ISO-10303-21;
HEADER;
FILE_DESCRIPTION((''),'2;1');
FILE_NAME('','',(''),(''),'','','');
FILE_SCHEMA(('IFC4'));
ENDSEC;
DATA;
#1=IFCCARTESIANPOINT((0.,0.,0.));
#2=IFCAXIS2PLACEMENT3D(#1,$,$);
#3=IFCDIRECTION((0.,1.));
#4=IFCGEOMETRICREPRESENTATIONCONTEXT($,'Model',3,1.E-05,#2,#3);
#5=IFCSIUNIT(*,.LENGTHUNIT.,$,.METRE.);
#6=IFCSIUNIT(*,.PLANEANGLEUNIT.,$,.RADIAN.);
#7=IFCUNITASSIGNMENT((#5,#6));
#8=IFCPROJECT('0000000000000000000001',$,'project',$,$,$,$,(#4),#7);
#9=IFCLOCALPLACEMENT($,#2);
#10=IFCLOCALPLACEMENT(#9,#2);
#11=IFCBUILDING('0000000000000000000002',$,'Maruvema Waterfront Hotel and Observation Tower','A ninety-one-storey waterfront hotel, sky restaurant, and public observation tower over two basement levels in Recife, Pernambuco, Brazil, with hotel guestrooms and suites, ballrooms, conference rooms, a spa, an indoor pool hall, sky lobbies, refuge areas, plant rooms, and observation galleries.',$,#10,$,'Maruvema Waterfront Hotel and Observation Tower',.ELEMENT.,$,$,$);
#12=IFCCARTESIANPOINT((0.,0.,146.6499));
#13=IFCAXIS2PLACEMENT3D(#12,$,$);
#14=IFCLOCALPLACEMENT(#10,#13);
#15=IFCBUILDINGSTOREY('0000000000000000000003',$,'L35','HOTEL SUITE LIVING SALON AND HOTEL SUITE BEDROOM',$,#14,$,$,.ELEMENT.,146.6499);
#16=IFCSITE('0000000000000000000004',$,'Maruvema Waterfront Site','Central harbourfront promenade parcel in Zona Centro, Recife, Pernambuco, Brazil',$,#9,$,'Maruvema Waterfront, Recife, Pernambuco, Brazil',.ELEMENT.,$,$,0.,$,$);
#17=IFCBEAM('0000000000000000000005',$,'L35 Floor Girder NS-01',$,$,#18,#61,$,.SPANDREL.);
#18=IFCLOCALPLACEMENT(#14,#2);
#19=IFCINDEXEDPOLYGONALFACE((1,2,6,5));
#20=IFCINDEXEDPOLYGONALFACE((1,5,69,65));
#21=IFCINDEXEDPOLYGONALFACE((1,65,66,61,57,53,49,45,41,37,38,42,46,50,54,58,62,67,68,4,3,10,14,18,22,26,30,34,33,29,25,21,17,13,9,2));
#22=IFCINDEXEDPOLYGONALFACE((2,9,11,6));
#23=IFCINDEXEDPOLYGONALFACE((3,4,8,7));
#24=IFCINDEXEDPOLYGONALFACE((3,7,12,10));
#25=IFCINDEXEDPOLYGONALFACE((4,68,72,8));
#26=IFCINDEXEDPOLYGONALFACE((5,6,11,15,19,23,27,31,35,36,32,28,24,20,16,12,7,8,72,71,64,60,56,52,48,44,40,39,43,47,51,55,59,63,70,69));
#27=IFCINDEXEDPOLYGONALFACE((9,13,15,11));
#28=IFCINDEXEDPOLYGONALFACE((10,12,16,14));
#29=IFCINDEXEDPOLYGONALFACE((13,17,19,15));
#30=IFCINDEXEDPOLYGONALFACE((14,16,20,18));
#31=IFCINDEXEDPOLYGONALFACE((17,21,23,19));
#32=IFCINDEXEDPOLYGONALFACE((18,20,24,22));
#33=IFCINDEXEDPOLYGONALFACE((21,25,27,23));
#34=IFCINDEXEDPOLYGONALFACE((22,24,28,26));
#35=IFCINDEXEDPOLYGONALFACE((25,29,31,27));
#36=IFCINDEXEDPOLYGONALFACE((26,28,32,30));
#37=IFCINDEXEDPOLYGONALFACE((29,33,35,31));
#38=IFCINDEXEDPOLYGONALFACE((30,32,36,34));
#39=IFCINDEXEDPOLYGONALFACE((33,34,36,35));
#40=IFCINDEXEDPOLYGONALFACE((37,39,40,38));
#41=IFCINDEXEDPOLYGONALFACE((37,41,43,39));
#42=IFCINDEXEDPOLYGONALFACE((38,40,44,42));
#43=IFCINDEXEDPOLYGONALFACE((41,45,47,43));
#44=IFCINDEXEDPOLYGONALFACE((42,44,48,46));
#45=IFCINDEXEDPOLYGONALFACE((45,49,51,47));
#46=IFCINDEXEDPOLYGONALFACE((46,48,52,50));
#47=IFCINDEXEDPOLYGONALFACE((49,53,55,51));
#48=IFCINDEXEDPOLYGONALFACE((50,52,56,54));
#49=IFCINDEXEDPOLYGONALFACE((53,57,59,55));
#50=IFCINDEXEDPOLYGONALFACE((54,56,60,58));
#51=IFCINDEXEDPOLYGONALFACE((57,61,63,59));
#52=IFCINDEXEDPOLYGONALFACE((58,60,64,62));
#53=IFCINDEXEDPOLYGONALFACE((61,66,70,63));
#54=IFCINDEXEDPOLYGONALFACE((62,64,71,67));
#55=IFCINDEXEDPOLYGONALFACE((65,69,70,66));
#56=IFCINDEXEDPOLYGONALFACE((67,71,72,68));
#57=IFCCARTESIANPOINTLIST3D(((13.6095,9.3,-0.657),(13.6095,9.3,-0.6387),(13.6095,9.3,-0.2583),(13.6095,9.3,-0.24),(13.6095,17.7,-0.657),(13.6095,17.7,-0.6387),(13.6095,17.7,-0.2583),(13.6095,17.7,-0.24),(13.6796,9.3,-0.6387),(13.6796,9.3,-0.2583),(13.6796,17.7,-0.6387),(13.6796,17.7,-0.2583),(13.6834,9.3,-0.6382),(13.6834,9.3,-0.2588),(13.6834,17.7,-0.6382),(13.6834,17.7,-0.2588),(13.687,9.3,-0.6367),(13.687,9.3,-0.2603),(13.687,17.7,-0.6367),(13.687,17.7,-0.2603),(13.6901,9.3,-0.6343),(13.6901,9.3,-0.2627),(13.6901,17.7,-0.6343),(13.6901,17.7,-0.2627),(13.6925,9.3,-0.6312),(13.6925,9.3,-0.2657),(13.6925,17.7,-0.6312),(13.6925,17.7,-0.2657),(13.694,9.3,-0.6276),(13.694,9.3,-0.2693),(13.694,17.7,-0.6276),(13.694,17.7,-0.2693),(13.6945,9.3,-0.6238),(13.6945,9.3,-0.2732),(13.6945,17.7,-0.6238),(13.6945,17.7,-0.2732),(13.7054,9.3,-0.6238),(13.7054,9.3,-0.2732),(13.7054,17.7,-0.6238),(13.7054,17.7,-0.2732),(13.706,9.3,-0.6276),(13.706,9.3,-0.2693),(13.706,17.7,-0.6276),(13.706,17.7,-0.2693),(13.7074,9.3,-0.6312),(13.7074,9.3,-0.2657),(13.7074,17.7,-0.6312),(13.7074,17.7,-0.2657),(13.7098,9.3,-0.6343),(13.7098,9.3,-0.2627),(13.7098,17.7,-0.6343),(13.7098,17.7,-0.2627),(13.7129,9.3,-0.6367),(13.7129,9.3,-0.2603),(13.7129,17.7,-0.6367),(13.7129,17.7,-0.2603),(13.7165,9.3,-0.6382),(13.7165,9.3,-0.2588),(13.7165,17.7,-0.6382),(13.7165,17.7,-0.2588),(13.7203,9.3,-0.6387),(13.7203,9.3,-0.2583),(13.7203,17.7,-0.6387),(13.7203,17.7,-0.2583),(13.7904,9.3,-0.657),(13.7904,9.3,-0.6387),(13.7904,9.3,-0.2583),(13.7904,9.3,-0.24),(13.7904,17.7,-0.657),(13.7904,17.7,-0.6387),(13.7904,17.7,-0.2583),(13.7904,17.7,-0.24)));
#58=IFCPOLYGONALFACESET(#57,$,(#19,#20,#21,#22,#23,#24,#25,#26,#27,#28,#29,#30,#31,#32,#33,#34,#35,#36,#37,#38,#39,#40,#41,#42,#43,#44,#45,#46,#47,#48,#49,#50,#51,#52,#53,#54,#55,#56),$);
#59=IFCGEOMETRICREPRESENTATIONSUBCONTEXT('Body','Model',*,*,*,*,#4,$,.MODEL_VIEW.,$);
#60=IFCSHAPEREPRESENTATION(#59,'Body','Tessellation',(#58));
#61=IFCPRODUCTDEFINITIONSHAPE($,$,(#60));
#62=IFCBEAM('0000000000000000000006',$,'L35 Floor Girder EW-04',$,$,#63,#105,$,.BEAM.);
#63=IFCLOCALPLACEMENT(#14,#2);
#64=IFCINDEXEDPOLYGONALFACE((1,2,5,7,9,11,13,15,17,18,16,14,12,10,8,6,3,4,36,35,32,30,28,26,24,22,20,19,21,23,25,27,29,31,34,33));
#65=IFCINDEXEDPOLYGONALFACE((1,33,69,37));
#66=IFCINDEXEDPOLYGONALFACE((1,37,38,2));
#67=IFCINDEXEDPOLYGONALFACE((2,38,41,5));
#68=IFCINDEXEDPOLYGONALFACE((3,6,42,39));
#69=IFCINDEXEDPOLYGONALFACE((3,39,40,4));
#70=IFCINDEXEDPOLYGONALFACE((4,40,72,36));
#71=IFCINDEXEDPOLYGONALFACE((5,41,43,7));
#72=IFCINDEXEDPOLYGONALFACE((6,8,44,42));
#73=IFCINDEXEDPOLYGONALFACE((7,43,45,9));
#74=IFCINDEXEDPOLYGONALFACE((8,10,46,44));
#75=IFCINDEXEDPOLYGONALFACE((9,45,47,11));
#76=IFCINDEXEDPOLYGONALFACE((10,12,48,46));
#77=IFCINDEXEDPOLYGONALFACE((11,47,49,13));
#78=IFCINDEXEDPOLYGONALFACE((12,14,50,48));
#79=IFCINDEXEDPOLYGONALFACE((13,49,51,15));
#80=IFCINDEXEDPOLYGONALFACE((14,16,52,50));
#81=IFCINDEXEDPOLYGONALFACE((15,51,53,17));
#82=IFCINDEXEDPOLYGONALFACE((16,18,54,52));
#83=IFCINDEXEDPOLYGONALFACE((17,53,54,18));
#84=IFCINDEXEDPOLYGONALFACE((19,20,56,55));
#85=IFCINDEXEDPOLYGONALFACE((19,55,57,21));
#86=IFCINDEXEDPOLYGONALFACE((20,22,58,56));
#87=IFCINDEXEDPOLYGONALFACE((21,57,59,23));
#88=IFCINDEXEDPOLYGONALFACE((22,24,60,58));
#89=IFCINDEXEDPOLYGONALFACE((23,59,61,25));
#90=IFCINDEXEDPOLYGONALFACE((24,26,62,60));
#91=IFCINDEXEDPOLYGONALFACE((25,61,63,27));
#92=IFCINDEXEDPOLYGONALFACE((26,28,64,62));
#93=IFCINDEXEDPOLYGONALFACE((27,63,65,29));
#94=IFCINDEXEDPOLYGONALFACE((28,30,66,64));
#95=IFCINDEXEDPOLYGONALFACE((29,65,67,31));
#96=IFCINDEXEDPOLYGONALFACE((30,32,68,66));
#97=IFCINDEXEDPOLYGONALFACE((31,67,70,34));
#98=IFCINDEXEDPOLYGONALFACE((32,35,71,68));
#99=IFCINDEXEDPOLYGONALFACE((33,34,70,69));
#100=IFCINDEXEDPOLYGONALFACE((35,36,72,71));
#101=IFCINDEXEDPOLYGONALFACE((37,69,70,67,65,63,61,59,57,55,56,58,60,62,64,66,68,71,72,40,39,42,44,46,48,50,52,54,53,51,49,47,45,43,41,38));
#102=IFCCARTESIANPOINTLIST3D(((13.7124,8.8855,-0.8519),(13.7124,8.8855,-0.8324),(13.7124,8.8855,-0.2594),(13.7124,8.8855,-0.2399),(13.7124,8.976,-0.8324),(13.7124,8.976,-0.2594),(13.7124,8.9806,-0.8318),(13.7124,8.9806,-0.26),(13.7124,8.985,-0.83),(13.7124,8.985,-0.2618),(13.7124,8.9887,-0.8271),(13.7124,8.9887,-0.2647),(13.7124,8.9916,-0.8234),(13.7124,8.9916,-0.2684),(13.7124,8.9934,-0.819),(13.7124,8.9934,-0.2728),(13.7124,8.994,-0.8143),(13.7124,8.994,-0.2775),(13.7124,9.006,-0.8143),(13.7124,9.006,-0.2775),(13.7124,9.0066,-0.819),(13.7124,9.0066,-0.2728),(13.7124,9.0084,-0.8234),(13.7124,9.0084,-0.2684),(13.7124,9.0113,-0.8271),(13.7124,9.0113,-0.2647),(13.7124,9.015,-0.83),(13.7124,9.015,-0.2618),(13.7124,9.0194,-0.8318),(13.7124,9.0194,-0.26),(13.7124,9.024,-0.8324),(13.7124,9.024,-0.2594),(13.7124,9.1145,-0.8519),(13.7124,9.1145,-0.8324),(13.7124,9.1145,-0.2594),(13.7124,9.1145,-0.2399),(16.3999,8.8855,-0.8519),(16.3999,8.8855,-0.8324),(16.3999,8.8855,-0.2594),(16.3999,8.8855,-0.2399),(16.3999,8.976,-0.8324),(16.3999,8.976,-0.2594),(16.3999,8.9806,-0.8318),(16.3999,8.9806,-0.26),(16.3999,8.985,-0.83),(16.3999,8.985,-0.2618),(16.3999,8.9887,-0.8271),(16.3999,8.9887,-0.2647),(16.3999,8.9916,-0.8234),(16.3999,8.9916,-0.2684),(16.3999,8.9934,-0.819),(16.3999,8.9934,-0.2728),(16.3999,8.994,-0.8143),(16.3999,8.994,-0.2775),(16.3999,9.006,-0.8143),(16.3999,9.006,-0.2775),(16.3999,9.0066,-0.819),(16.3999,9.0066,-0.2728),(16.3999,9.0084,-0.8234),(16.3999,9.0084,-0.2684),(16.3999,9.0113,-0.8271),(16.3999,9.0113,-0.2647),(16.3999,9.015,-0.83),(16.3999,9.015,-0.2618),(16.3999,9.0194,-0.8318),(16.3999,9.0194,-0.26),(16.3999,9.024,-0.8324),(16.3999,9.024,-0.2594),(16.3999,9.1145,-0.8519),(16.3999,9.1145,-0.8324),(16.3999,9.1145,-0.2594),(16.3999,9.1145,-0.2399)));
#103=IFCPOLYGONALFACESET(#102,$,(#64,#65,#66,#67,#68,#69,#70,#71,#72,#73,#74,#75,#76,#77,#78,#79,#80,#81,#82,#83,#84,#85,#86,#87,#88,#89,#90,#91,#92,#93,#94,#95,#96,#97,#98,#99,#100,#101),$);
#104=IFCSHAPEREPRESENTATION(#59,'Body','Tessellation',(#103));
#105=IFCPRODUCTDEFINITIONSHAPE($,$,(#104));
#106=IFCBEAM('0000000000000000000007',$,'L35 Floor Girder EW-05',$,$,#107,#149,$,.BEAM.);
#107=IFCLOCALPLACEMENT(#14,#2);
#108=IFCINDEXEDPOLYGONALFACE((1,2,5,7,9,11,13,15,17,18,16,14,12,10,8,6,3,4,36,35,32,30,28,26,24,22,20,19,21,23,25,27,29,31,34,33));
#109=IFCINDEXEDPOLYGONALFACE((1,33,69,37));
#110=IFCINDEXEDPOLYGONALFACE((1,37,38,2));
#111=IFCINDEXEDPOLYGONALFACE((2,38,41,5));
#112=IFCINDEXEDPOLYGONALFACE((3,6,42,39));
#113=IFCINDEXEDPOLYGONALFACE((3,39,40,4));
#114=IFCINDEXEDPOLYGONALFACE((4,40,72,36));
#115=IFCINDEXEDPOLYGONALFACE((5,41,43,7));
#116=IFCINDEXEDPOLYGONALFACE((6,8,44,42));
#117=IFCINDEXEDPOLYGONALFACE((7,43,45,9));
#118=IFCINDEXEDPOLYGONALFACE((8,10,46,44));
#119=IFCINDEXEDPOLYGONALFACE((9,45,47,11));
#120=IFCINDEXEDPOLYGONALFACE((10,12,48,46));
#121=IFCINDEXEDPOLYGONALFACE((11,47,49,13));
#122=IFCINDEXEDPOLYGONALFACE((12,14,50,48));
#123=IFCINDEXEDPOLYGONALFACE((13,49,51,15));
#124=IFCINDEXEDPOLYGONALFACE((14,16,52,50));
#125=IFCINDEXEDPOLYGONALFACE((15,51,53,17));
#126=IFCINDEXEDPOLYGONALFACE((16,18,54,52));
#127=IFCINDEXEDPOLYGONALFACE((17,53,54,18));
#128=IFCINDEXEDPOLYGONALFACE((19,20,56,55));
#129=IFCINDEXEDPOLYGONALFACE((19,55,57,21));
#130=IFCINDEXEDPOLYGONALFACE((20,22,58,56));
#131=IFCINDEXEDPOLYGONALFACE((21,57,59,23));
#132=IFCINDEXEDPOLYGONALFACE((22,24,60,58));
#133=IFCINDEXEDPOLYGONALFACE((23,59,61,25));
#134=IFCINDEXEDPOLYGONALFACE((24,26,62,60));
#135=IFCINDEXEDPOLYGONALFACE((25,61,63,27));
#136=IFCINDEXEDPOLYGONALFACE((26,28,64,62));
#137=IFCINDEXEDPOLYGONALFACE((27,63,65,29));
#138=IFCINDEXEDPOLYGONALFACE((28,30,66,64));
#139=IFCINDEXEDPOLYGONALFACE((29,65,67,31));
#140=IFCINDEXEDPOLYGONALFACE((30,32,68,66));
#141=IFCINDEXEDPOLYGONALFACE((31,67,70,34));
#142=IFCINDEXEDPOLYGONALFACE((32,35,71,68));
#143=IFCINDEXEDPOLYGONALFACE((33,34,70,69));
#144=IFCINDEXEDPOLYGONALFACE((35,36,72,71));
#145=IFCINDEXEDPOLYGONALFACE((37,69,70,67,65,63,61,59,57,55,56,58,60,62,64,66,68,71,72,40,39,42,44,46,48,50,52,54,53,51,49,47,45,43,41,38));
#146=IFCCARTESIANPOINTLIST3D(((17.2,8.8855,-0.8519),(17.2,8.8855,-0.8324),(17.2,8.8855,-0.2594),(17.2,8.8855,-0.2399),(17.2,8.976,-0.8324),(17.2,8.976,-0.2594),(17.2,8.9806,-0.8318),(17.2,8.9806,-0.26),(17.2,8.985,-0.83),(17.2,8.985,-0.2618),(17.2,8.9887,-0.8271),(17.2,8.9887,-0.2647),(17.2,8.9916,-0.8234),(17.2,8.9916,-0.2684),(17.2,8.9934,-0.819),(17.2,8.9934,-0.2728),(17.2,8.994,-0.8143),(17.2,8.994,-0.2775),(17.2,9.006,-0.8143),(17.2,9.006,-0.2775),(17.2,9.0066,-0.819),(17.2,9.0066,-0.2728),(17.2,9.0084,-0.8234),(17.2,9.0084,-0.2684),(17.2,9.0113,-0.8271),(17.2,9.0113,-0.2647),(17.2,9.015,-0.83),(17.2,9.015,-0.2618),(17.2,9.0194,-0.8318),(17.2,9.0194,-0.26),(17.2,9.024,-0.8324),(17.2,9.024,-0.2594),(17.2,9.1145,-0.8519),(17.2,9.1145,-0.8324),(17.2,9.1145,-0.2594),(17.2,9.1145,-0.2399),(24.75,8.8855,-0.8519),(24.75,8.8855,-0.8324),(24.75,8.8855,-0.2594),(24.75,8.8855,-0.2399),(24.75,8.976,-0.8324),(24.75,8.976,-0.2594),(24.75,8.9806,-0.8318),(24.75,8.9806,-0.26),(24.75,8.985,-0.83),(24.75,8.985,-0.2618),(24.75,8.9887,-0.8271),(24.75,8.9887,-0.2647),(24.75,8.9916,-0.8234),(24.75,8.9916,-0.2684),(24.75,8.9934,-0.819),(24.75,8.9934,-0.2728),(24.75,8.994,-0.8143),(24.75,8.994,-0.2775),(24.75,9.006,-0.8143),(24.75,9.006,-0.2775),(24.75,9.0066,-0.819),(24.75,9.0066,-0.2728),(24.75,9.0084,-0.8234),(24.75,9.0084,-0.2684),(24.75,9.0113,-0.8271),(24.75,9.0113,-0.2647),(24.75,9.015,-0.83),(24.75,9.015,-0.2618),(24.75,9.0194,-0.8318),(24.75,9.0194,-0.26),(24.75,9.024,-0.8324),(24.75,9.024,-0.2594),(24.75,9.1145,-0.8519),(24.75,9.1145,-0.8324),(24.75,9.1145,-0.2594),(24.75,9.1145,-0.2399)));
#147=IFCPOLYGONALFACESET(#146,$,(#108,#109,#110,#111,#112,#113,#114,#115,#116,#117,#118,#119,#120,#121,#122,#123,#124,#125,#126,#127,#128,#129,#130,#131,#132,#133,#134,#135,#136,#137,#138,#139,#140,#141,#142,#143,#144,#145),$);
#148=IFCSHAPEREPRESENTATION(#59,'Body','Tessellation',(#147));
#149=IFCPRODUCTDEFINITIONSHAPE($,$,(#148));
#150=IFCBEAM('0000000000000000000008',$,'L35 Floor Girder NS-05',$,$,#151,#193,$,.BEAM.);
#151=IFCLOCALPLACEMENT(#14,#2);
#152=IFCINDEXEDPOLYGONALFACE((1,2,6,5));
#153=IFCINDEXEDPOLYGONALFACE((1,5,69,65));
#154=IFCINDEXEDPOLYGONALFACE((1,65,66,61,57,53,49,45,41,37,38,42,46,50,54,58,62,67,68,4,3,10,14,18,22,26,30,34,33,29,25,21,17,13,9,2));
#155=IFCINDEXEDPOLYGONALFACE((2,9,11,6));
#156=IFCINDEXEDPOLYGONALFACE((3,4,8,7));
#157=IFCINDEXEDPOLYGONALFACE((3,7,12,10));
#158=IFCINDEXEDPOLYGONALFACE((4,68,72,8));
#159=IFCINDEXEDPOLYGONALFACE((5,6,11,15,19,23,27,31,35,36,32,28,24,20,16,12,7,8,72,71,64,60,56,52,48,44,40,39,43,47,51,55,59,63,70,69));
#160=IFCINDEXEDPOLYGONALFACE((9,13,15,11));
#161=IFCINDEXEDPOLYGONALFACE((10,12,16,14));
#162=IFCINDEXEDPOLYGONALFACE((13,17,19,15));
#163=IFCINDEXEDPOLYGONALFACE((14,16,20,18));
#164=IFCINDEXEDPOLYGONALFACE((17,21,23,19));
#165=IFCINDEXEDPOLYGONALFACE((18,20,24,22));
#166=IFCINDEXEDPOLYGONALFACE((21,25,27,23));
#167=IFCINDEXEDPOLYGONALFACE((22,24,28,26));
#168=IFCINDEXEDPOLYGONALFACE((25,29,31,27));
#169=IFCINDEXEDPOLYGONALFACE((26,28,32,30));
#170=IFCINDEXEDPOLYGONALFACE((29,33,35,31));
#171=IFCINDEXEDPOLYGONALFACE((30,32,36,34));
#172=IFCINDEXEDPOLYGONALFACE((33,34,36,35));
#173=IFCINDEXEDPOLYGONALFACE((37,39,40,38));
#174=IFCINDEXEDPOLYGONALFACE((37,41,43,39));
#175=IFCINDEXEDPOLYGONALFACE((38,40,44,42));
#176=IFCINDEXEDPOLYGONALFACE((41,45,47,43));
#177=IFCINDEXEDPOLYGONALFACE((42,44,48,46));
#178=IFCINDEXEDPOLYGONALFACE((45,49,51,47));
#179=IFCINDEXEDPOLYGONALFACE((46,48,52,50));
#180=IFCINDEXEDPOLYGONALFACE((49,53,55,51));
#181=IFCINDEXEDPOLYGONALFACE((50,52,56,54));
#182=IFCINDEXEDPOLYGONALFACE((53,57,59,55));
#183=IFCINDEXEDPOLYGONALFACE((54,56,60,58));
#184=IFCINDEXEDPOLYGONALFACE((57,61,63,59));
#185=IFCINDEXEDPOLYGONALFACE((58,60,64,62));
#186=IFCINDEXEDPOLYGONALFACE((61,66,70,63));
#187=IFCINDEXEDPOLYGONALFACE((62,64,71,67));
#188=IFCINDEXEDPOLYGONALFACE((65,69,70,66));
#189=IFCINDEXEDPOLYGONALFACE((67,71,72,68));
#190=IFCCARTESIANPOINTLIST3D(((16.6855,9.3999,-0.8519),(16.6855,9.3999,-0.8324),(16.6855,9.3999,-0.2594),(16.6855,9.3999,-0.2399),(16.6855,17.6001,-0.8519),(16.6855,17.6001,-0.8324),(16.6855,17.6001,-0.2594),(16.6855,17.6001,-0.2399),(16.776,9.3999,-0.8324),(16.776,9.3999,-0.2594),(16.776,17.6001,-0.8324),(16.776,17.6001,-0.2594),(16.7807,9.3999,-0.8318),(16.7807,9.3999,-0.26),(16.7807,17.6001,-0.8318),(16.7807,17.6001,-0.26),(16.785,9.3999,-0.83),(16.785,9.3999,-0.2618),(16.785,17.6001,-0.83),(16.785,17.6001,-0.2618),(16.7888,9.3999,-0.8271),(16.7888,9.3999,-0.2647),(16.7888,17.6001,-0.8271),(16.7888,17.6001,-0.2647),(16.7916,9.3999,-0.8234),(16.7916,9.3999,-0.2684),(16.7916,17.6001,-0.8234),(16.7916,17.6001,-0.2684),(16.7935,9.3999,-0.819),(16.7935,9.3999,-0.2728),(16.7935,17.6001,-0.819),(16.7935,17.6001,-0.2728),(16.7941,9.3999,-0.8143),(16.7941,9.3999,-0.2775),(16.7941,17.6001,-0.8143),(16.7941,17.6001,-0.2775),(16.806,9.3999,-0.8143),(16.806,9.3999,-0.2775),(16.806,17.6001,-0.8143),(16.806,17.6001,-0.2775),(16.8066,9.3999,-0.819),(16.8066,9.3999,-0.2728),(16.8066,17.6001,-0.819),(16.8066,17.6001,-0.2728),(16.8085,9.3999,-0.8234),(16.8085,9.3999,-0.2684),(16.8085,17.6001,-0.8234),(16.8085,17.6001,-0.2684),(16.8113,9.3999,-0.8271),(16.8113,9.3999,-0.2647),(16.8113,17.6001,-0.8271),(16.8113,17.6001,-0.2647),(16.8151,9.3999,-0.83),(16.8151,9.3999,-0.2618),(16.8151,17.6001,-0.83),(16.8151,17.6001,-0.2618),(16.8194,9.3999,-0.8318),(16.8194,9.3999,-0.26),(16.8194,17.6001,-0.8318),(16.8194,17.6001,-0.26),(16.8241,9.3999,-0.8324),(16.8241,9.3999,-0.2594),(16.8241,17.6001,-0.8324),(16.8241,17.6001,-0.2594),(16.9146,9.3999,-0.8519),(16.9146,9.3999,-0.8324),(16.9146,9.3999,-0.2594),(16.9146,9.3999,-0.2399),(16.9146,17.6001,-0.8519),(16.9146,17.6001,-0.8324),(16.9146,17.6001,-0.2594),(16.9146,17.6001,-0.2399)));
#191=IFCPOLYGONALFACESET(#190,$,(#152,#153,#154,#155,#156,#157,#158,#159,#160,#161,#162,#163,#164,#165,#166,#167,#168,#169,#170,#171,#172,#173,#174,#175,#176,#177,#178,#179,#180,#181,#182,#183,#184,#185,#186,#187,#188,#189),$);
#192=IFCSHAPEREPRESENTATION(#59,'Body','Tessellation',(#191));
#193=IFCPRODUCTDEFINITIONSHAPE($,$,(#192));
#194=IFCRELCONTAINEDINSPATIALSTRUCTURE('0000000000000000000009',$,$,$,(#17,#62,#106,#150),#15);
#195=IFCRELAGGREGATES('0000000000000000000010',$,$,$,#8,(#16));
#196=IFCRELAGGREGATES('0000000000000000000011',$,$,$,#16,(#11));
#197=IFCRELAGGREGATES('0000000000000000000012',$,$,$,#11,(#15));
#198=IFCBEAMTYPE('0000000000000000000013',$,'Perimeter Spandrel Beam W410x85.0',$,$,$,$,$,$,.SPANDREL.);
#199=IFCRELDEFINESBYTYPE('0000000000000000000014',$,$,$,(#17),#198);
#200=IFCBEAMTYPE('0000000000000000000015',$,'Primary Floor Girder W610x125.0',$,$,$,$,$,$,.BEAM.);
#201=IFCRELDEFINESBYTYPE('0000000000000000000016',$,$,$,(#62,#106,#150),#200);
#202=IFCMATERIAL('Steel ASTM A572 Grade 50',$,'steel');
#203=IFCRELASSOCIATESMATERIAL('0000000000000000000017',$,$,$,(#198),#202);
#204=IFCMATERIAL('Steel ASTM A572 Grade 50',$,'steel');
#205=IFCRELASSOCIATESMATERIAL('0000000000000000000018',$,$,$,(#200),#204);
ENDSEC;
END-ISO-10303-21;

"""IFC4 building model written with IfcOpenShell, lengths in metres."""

from ifc_helpers import new_model, si_unit, direction, frame, origin, origin_2d, place, context, subcontext, project, spatial, i_section, extrude, material, material_profile, profile_set, type_object, element, save


model = new_model("IFC4")

# Units and contexts
model_context = context("Model", 3, precision=1e-05, world=origin(), true_north=direction((0.0, 1.0)))
body_context = subcontext(model_context, "Body", "Model", "MODEL_VIEW")
ifc_project = project(units=[si_unit("LENGTHUNIT", "METRE"), si_unit("PLANEANGLEUNIT", "RADIAN")], contexts=[model_context])

# Site, building, storey
site_placement = place(None, origin())
site = spatial("IfcSite", under=ifc_project, at=site_placement, Name="Maruvema Waterfront Site", Description="Central harbourfront promenade parcel in Zona Centro, Recife, Pernambuco, Brazil", LongName="Maruvema Waterfront, Recife, Pernambuco, Brazil", CompositionType="ELEMENT", RefElevation=0.0)
building_placement = place(site_placement, origin())
building = spatial("IfcBuilding", under=site, at=building_placement, Name="Maruvema Waterfront Hotel and Observation Tower", Description="A ninety-one-storey waterfront hotel, sky restaurant, and public observation tower over two basement levels in Recife, Pernambuco, Brazil, with hotel guestrooms and suites, ballrooms, conference rooms, a spa, an indoor pool hall, sky lobbies, refuge areas, plant rooms, and observation galleries.", LongName="Maruvema Waterfront Hotel and Observation Tower", CompositionType="ELEMENT")
storey_placement = place(building_placement, frame((0.0, 0.0, 146.6499)))
storey = spatial("IfcBuildingStorey", under=building, at=storey_placement, Name="L35", Description="HOTEL SUITE LIVING SALON AND HOTEL SUITE BEDROOM", CompositionType="ELEMENT", Elevation=146.6499)

# Beams
ifc_material_1 = material(Name="Steel ASTM A572 Grade 50", Category="steel")
ifc_material_profile_1 = material_profile(ifc_material_1, i_section(OverallWidth=0.1809, OverallDepth=0.417, WebThickness=0.011, FlangeThickness=0.0183, FilletRadius=0.0149, at=origin_2d()), Name="W410x85.0")
ifc_profile_set_1 = profile_set([ifc_material_profile_1], Name="Steel ASTM A572 Grade 50")
beam_type_1 = type_object("IfcBeamType", Name="Perimeter Spandrel Beam W410x85.0", PredefinedType="SPANDREL", material=ifc_profile_set_1)
beam_1_placement = place(storey_placement, frame((13.7, 9.3, -0.4485), z_axis=(0.0, 1.0, 0.0), x_axis=(-1.0, 0.0, 0.0)))
element("IfcBeam", 1, at=beam_1_placement, inside=storey, type_object=beam_type_1, Name="L35 Floor Girder NS-01", PredefinedType="SPANDREL", context=body_context, shape_type="SweptSolid", body=[
    extrude(i_section(OverallWidth=0.1809, OverallDepth=0.417, WebThickness=0.011, FlangeThickness=0.0183, FilletRadius=0.0149, at=origin_2d()), origin(), (0.0, 0.0, 1.0), 8.3999),
])
ifc_material_2 = material(Name="Steel ASTM A572 Grade 50", Category="steel")
ifc_material_profile_2 = material_profile(ifc_material_2, i_section(OverallWidth=0.229, OverallDepth=0.6121, WebThickness=0.012, FlangeThickness=0.0195, FilletRadius=0.0181, at=origin_2d()), Name="W610x125.0")
ifc_profile_set_2 = profile_set([ifc_material_profile_2], Name="Steel ASTM A572 Grade 50")
beam_type_2 = type_object("IfcBeamType", Name="Primary Floor Girder W610x125.0", PredefinedType="BEAM", material=ifc_profile_set_2)
beam_2_placement = place(storey_placement, frame((13.7124, 9.0, -0.5459), z_axis=(1.0, 0.0, 0.0), x_axis=(0.0, 1.0, 0.0)))
element("IfcBeam", 2, at=beam_2_placement, inside=storey, type_object=beam_type_2, Name="L35 Floor Girder EW-04", PredefinedType="BEAM", context=body_context, shape_type="SweptSolid", body=[
    extrude(i_section(OverallWidth=0.229, OverallDepth=0.6121, WebThickness=0.012, FlangeThickness=0.0195, FilletRadius=0.0181, at=origin_2d()), origin(), (0.0, 0.0, 1.0), 2.6875),
])
beam_3_placement = place(storey_placement, frame((17.2, 9.0, -0.5459), z_axis=(1.0, 0.0, 0.0), x_axis=(0.0, 1.0, 0.0)))
element("IfcBeam", 3, at=beam_3_placement, inside=storey, type_object=beam_type_2, Name="L35 Floor Girder EW-05", PredefinedType="BEAM", context=body_context, shape_type="SweptSolid", body=[
    extrude(i_section(OverallWidth=0.229, OverallDepth=0.6121, WebThickness=0.012, FlangeThickness=0.0195, FilletRadius=0.0181, at=origin_2d()), origin(), (0.0, 0.0, 1.0), 7.55),
])
beam_4_placement = place(storey_placement, frame((16.8, 9.3999, -0.5459), z_axis=(0.0, 1.0, 0.0), x_axis=(-1.0, 0.0, 0.0)))
element("IfcBeam", 4, at=beam_4_placement, inside=storey, type_object=beam_type_2, Name="L35 Floor Girder NS-05", PredefinedType="BEAM", context=body_context, shape_type="SweptSolid", body=[
    extrude(i_section(OverallWidth=0.229, OverallDepth=0.6121, WebThickness=0.012, FlangeThickness=0.0195, FilletRadius=0.0181, at=origin_2d()), origin(), (0.0, 0.0, 1.0), 8.2002),
])

save(model, "model.ifc")
